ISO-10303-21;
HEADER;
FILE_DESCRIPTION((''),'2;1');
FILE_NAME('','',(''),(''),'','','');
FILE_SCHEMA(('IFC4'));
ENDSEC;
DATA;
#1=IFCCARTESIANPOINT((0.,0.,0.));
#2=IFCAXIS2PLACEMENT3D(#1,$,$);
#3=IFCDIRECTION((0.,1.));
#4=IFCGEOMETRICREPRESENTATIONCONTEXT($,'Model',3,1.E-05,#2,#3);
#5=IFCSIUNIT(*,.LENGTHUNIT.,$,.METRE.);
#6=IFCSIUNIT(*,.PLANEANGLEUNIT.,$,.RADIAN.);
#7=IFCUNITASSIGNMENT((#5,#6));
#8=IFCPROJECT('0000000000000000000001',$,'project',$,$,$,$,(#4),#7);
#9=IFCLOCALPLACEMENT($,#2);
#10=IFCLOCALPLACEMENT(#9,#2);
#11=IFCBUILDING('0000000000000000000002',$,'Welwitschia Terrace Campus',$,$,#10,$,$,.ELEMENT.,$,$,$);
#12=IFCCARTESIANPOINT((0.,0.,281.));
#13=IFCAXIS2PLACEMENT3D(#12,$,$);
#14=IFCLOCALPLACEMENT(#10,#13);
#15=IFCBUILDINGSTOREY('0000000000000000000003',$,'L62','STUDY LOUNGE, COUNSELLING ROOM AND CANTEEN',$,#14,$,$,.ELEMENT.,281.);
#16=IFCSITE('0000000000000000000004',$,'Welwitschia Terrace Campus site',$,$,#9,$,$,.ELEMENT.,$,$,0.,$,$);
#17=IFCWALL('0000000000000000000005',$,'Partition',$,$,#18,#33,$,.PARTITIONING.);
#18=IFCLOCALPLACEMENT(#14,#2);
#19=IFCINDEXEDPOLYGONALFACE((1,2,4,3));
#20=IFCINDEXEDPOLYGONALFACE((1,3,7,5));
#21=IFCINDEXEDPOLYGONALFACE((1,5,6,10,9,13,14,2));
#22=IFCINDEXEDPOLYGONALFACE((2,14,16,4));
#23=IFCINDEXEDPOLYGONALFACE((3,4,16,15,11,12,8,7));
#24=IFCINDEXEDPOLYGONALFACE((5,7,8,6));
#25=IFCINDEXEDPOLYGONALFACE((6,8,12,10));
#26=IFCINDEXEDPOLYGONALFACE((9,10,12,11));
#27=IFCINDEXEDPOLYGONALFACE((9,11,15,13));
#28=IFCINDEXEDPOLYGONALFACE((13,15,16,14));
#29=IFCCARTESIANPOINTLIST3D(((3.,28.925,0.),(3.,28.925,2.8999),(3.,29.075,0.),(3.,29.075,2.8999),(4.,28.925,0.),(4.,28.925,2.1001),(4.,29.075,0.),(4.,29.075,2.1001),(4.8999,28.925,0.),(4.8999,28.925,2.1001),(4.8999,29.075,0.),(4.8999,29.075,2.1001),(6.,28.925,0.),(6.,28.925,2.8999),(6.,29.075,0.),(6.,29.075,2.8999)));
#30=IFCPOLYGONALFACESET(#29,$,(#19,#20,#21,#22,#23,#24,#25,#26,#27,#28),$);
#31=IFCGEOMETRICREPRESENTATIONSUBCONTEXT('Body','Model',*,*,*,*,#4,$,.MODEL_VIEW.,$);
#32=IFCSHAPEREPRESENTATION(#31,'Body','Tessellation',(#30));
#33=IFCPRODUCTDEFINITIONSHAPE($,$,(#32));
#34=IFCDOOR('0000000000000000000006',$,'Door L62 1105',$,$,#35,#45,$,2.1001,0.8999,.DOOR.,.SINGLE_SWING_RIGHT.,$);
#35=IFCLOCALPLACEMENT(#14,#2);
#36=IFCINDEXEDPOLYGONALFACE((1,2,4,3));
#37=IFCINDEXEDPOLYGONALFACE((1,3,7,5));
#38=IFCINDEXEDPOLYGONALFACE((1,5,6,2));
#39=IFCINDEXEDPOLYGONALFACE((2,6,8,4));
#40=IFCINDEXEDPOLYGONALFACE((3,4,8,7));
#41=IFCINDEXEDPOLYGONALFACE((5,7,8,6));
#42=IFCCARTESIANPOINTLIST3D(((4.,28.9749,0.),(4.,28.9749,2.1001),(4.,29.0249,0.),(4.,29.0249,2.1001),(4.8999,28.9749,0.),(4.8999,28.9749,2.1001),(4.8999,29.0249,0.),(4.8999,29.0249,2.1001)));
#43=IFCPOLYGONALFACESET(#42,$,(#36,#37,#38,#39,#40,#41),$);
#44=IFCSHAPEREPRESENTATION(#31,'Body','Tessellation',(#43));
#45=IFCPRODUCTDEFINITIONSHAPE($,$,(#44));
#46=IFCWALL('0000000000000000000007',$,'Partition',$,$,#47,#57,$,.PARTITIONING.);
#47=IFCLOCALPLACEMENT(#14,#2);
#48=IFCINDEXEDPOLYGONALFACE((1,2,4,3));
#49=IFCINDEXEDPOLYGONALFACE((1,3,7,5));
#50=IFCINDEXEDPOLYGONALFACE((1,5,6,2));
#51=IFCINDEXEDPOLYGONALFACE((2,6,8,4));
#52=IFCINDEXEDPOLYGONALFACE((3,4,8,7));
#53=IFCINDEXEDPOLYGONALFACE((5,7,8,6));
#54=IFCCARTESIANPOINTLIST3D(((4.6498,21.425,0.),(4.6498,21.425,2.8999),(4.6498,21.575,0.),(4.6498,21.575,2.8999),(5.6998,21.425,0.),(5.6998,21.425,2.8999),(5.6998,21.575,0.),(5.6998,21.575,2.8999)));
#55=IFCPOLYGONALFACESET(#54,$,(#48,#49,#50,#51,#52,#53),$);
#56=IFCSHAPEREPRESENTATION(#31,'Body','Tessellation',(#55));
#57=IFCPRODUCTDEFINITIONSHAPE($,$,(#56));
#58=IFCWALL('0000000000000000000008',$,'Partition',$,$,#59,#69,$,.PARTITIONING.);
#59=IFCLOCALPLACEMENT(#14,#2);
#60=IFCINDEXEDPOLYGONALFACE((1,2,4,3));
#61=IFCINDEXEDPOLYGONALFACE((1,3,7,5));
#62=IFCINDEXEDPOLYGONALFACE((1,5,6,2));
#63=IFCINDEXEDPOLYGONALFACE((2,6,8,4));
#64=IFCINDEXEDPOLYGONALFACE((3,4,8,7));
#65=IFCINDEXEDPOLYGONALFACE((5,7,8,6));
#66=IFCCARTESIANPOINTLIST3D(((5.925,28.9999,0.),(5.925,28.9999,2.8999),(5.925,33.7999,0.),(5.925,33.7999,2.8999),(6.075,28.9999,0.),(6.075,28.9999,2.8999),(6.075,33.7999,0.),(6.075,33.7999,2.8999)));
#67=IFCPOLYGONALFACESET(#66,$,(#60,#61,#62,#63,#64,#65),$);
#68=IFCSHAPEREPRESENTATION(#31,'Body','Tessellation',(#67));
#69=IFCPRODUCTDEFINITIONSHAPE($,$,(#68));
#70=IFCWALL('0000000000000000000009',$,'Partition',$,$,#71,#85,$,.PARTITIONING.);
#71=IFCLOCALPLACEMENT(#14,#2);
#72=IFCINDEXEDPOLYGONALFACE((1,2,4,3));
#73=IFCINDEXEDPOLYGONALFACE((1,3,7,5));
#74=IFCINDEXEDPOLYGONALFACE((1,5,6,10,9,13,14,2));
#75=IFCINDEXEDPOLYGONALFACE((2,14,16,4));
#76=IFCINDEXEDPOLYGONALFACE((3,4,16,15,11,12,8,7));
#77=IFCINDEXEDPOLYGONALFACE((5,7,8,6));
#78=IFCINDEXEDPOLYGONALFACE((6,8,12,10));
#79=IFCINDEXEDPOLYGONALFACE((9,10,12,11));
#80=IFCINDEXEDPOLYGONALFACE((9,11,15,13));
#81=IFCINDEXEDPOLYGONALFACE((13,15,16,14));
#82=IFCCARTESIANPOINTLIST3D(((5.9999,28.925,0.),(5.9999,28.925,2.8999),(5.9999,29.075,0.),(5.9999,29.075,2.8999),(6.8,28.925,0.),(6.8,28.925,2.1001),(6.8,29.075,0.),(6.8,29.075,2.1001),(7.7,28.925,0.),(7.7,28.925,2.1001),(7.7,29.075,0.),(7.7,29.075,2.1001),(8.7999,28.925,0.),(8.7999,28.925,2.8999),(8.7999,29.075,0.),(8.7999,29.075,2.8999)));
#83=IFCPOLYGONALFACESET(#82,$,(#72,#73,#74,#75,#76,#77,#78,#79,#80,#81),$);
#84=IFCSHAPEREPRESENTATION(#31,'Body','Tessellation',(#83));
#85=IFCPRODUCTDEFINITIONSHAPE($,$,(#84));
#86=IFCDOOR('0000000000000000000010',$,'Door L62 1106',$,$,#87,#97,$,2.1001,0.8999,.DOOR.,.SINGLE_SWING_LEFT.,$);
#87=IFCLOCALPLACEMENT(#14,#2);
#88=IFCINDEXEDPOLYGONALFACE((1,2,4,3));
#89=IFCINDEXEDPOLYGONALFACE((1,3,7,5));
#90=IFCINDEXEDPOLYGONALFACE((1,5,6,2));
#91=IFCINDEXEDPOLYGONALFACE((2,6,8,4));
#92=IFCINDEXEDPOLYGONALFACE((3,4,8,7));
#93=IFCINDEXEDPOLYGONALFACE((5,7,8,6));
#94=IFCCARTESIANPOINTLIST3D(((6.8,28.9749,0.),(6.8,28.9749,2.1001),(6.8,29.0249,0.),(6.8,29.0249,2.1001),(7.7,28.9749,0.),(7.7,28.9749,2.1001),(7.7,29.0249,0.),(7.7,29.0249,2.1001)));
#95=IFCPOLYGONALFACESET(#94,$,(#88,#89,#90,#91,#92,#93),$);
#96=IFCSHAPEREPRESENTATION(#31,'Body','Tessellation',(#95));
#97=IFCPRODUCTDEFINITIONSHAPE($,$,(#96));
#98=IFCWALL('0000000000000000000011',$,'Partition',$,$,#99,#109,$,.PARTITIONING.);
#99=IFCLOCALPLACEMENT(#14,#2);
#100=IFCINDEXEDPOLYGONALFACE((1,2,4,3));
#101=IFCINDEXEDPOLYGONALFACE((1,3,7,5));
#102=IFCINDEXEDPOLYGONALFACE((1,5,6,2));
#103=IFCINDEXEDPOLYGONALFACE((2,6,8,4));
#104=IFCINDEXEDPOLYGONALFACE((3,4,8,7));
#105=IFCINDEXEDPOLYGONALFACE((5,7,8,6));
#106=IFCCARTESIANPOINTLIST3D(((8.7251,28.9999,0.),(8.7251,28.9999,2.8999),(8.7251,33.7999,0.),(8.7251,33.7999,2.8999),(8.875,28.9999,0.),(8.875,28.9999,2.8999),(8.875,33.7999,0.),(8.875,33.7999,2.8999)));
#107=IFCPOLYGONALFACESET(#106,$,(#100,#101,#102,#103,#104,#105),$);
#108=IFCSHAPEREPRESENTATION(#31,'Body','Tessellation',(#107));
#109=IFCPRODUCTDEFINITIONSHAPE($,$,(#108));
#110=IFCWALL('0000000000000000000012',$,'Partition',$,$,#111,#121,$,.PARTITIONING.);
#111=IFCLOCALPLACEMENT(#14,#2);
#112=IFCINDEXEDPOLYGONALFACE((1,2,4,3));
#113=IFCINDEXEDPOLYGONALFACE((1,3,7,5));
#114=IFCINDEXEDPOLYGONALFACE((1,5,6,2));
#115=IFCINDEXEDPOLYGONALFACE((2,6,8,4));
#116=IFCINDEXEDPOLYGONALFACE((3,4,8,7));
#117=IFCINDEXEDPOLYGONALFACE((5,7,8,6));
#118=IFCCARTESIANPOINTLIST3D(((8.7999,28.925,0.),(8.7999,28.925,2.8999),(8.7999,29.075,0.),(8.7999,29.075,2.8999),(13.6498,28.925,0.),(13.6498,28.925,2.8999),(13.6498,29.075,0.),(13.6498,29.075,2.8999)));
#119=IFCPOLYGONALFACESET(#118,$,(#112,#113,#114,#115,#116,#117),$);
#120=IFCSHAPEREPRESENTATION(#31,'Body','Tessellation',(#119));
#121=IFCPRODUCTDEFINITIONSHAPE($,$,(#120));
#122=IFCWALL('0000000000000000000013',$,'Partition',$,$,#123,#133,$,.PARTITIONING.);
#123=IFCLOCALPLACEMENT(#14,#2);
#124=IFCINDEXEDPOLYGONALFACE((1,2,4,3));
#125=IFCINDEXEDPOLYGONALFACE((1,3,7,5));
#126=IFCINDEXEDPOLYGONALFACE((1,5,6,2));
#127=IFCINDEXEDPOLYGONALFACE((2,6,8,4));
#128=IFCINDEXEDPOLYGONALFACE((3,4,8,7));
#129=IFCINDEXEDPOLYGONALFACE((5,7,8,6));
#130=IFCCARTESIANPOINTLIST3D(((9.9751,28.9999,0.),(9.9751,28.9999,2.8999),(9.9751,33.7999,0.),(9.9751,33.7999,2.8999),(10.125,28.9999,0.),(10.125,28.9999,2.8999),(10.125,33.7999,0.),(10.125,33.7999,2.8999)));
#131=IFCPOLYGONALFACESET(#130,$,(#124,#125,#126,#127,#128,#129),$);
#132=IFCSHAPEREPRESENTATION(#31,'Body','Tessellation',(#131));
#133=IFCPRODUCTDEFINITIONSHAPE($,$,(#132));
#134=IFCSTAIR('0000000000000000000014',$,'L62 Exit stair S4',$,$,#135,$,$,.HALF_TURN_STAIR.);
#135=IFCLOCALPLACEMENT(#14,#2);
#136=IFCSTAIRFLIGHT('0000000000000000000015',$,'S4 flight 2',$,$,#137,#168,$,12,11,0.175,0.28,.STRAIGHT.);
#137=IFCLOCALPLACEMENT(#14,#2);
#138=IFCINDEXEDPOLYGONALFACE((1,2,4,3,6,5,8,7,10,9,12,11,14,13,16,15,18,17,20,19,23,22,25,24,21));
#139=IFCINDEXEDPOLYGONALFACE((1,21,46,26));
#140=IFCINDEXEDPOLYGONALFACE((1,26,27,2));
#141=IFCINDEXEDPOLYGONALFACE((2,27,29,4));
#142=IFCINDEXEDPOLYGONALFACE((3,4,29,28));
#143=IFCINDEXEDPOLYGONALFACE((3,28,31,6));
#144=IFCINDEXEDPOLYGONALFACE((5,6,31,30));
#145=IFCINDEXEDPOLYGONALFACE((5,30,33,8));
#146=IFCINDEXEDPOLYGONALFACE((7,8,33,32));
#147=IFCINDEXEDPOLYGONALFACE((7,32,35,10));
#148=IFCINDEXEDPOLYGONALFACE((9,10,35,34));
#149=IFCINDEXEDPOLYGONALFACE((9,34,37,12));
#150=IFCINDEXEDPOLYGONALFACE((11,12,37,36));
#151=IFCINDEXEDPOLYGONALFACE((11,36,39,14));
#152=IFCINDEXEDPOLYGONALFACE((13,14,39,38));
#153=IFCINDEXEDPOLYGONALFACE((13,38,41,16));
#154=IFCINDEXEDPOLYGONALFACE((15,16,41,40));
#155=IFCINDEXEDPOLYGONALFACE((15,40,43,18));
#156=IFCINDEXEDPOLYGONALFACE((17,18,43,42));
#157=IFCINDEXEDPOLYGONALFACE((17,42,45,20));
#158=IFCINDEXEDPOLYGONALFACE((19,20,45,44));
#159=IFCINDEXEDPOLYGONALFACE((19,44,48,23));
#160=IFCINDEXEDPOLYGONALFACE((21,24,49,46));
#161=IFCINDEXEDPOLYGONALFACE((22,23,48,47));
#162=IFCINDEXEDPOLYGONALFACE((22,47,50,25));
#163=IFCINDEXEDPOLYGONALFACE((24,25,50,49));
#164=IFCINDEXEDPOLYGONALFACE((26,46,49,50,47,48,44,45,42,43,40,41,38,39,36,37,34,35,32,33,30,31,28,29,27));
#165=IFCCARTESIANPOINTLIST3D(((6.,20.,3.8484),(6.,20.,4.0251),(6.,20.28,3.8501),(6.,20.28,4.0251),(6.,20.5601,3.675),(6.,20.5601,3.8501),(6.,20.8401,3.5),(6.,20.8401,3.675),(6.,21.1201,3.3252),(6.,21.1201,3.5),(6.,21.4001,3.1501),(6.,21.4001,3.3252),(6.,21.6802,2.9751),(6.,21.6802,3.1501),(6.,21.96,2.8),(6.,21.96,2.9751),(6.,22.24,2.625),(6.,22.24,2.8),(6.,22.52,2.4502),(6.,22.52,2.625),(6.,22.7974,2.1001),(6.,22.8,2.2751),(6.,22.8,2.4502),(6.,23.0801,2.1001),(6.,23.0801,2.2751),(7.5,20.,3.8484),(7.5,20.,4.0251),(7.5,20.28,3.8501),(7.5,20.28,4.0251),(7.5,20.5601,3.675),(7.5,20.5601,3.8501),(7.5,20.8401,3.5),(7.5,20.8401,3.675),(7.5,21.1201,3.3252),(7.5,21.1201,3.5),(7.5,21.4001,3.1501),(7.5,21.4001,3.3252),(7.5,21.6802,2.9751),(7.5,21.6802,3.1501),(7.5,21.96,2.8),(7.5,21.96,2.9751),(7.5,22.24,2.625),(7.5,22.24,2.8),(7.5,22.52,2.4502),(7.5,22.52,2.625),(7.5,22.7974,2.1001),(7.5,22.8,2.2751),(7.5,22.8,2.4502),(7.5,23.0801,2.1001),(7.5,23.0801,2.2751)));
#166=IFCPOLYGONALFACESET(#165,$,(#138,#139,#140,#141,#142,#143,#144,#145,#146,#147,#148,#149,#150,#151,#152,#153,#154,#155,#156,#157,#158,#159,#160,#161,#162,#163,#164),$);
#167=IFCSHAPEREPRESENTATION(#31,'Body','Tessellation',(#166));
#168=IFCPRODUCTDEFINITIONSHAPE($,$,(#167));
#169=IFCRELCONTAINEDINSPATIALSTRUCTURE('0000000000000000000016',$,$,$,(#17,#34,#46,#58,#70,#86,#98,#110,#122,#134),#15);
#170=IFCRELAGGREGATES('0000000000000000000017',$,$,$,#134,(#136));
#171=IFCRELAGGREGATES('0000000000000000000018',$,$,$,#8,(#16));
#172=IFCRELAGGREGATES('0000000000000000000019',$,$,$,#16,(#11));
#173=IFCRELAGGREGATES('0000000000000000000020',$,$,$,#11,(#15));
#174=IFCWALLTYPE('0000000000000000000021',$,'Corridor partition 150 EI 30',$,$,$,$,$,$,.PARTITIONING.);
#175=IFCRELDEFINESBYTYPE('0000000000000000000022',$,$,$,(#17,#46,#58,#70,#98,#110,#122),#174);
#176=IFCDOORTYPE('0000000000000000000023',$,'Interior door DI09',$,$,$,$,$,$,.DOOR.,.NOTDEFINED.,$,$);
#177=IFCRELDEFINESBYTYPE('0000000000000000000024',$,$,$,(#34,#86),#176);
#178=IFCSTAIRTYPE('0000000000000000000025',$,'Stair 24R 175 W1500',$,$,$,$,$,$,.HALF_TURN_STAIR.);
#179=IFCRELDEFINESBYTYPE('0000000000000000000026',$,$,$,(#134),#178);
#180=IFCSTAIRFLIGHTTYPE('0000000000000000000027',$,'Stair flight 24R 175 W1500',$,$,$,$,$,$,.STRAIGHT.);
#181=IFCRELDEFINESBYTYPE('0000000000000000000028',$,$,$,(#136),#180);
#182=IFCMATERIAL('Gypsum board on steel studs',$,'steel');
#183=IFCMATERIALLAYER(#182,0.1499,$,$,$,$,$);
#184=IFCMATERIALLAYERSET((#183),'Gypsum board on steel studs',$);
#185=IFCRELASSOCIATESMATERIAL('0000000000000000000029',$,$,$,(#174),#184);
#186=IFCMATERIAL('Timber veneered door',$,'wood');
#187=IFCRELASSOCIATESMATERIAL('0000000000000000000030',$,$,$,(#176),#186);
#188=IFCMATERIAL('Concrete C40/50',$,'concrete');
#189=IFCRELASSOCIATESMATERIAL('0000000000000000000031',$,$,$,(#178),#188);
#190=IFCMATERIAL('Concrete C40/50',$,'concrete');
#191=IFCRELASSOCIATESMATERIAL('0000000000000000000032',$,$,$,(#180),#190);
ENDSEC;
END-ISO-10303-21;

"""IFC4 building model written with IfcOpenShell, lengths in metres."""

from ifc_helpers import new_model, si_unit, direction, frame, frame_2d, origin, place, context, subcontext, project, spatial, polyline, rectangle, outline, extrude, material, layer, layer_set, type_object, element, fill, aggregate, save


model = new_model("IFC4")

# Units and contexts
model_context = context("Model", 3, precision=1e-05, world=origin(), true_north=direction((0.0, 1.0)))
body_context = subcontext(model_context, "Body", "Model", "MODEL_VIEW")
ifc_project = project(units=[si_unit("LENGTHUNIT", "METRE"), si_unit("PLANEANGLEUNIT", "RADIAN")], contexts=[model_context])

# Site, building, storey
site_placement = place(None, origin())
site = spatial("IfcSite", under=ifc_project, at=site_placement, Name="Welwitschia Terrace Campus site", CompositionType="ELEMENT", RefElevation=0.0)
building_placement = place(site_placement, origin())
building = spatial("IfcBuilding", under=site, at=building_placement, Name="Welwitschia Terrace Campus", CompositionType="ELEMENT")
storey_placement = place(building_placement, frame((0.0, 0.0, 281.0)))
storey = spatial("IfcBuildingStorey", under=building, at=storey_placement, Name="L62", Description="STUDY LOUNGE, COUNSELLING ROOM AND CANTEEN", CompositionType="ELEMENT", Elevation=281.0)

# Shared definitions
ifc_material_1 = material(Name="Gypsum board on steel studs", Category="steel")
ifc_layer_1 = layer(ifc_material_1, 0.1499)
ifc_layer_set_1 = layer_set([ifc_layer_1], Name="Gypsum board on steel studs")
wall_type_1 = type_object("IfcWallType", Name="Corridor partition 150 EI 30", PredefinedType="PARTITIONING", material=ifc_layer_set_1)

# Wall, opening, door
wall_1_placement = place(storey_placement, frame((3.0, 29.0, 0.0), z_axis=(0.0, 0.0, 1.0), x_axis=(1.0, 0.0, 0.0)))
wall_1 = element("IfcWall", 1, at=wall_1_placement, inside=storey, type_object=wall_type_1, Name="Partition", PredefinedType="PARTITIONING", context=body_context, shape_type="SweptSolid", body=[
    extrude(rectangle(XDim=3.0, YDim=0.1499, at=frame_2d((1.5, 0.0))), origin(), (0.0, 0.0, 1.0), 2.8999),
])
opening_1_placement = place(wall_1_placement, frame((1.0, 0.0, 0.0)))
opening_1 = element("IfcOpeningElement", 2, at=opening_1_placement, cuts=wall_1, PredefinedType="OPENING", context=body_context, shape_type="SweptSolid", body=[
    extrude(rectangle(XDim=0.8999, YDim=2.1001, at=frame_2d((0.45, 1.05))), frame((0.0, 0.085, 0.0), z_axis=(0.0, -1.0, 0.0), x_axis=(1.0, 0.0, 0.0)), (0.0, 0.0, 1.0), 0.1699),
])
ifc_material_2 = material(Name="Timber veneered door", Category="wood")
door_type = type_object("IfcDoorType", Name="Interior door DI09", OperationType="NOTDEFINED", PredefinedType="DOOR", material=ifc_material_2)
door_1_placement = place(opening_1_placement, origin())
door_1 = element("IfcDoor", 3, at=door_1_placement, inside=storey, type_object=door_type, Name="Door L62 1105", OperationType="SINGLE_SWING_RIGHT", OverallHeight=2.1001, OverallWidth=0.8999, PredefinedType="DOOR", context=body_context, shape_type="SweptSolid", body=[
    extrude(rectangle(XDim=0.8999, YDim=2.1001, at=frame_2d((0.45, 1.05))), frame((0.0, 0.0249, 0.0), z_axis=(0.0, -1.0, 0.0), x_axis=(1.0, 0.0, 0.0)), (0.0, 0.0, 1.0), 0.05),
])
fill(opening_1, door_1)

# Walls
wall_2_placement = place(storey_placement, frame((4.6499, 21.5, 0.0), z_axis=(0.0, 0.0, 1.0), x_axis=(1.0, 0.0, 0.0)))
element("IfcWall", 4, at=wall_2_placement, inside=storey, type_object=wall_type_1, Name="Partition", PredefinedType="PARTITIONING", context=body_context, shape_type="SweptSolid", body=[
    extrude(rectangle(XDim=1.05, YDim=0.1499, at=frame_2d((0.5249, 0.0))), origin(), (0.0, 0.0, 1.0), 2.8999),
])
wall_3_placement = place(storey_placement, frame((6.0, 29.0, 0.0), z_axis=(0.0, 0.0, 1.0), x_axis=(0.0, 1.0, 0.0)))
element("IfcWall", 5, at=wall_3_placement, inside=storey, type_object=wall_type_1, Name="Partition", PredefinedType="PARTITIONING", context=body_context, shape_type="SweptSolid", body=[
    extrude(rectangle(XDim=4.8, YDim=0.1499, at=frame_2d((2.3999, 0.0))), origin(), (0.0, 0.0, 1.0), 2.8999),
])

# Wall, opening, door
wall_4_placement = place(storey_placement, frame((6.0, 29.0, 0.0), z_axis=(0.0, 0.0, 1.0), x_axis=(1.0, 0.0, 0.0)))
wall_4 = element("IfcWall", 6, at=wall_4_placement, inside=storey, type_object=wall_type_1, Name="Partition", PredefinedType="PARTITIONING", context=body_context, shape_type="SweptSolid", body=[
    extrude(rectangle(XDim=2.8, YDim=0.1499, at=frame_2d((1.3999, 0.0))), origin(), (0.0, 0.0, 1.0), 2.8999),
])
opening_2_placement = place(wall_4_placement, frame((0.8, 0.0, 0.0)))
opening_2 = element("IfcOpeningElement", 7, at=opening_2_placement, cuts=wall_4, PredefinedType="OPENING", context=body_context, shape_type="SweptSolid", body=[
    extrude(rectangle(XDim=0.8999, YDim=2.1001, at=frame_2d((0.45, 1.05))), frame((0.0, 0.085, 0.0), z_axis=(0.0, -1.0, 0.0), x_axis=(1.0, 0.0, 0.0)), (0.0, 0.0, 1.0), 0.1699),
])
door_2_placement = place(opening_2_placement, origin())
door_2 = element("IfcDoor", 8, at=door_2_placement, inside=storey, type_object=door_type, Name="Door L62 1106", OperationType="SINGLE_SWING_LEFT", OverallHeight=2.1001, OverallWidth=0.8999, PredefinedType="DOOR", context=body_context, shape_type="SweptSolid", body=[
    extrude(rectangle(XDim=0.8999, YDim=2.1001, at=frame_2d((0.45, 1.05))), frame((0.0, 0.0249, 0.0), z_axis=(0.0, -1.0, 0.0), x_axis=(1.0, 0.0, 0.0)), (0.0, 0.0, 1.0), 0.05),
])
fill(opening_2, door_2)

# Walls
wall_5_placement = place(storey_placement, frame((8.8, 29.0, 0.0), z_axis=(0.0, 0.0, 1.0), x_axis=(0.0, 1.0, 0.0)))
element("IfcWall", 9, at=wall_5_placement, inside=storey, type_object=wall_type_1, Name="Partition", PredefinedType="PARTITIONING", context=body_context, shape_type="SweptSolid", body=[
    extrude(rectangle(XDim=4.8, YDim=0.1499, at=frame_2d((2.3999, 0.0))), origin(), (0.0, 0.0, 1.0), 2.8999),
])
wall_6_placement = place(storey_placement, frame((8.8, 29.0, 0.0), z_axis=(0.0, 0.0, 1.0), x_axis=(1.0, 0.0, 0.0)))
element("IfcWall", 10, at=wall_6_placement, inside=storey, type_object=wall_type_1, Name="Partition", PredefinedType="PARTITIONING", context=body_context, shape_type="SweptSolid", body=[
    extrude(rectangle(XDim=4.8499, YDim=0.1499, at=frame_2d((2.4248, 0.0))), origin(), (0.0, 0.0, 1.0), 2.8999),
])
wall_7_placement = place(storey_placement, frame((10.05, 29.0, 0.0), z_axis=(0.0, 0.0, 1.0), x_axis=(0.0, 1.0, 0.0)))
element("IfcWall", 11, at=wall_7_placement, inside=storey, type_object=wall_type_1, Name="Partition", PredefinedType="PARTITIONING", context=body_context, shape_type="SweptSolid", body=[
    extrude(rectangle(XDim=4.8, YDim=0.1499, at=frame_2d((2.3999, 0.0))), origin(), (0.0, 0.0, 1.0), 2.8999),
])

# Stair, stair flight
ifc_material_3 = material(Name="Concrete C40/50", Category="concrete")
stair_type = type_object("IfcStairType", Name="Stair 24R 175 W1500", PredefinedType="HALF_TURN_STAIR", material=ifc_material_3)
stair_placement = place(storey_placement, origin())
stair = element("IfcStair", 12, at=stair_placement, inside=storey, type_object=stair_type, Name="L62 Exit stair S4", PredefinedType="HALF_TURN_STAIR")
ifc_material_4 = material(Name="Concrete C40/50", Category="concrete")
stair_flight_type = type_object("IfcStairFlightType", Name="Stair flight 24R 175 W1500", PredefinedType="STRAIGHT", material=ifc_material_4)
stair_flight_placement = place(storey_placement, frame((6.75, 23.0801, 2.1001), z_axis=(0.0, 0.0, 1.0), x_axis=(0.0, -1.0, 0.0)))
stair_flight = element("IfcStairFlight", 13, at=stair_flight_placement, type_object=stair_flight_type, Name="S4 flight 2", NumberOfRisers=12, NumberOfTreads=11, PredefinedType="STRAIGHT", RiserHeight=0.175, TreadLength=0.28, context=body_context, shape_type="SweptSolid", body=[
    extrude(outline(polyline([(0.0, 0.0), (0.0, 0.175), (0.28, 0.175), (0.28, 0.3501), (0.5601, 0.3501), (0.5601, 0.5249), (0.8401, 0.5249), (0.8401, 0.7), (1.1201, 0.7), (1.1201, 0.875), (1.3999, 0.875), (1.3999, 1.05), (1.6799, 1.05), (1.6799, 1.2251), (1.96, 1.2251), (1.96, 1.3999), (2.24, 1.3999), (2.24, 1.575), (2.52, 1.575), (2.52, 1.75), (2.8, 1.75), (2.8, 1.925), (3.0801, 1.925), (3.0801, 2.1001), (3.0801, 1.7483), (0.2827, 0.0), (0.0, 0.0)])), frame((0.0, 0.75, 0.0), z_axis=(0.0, -1.0, 0.0), x_axis=(1.0, 0.0, 0.0)), (0.0, 0.0, 1.0), 1.5),
])
aggregate(stair, [stair_flight])

save(model, "model.ifc")
